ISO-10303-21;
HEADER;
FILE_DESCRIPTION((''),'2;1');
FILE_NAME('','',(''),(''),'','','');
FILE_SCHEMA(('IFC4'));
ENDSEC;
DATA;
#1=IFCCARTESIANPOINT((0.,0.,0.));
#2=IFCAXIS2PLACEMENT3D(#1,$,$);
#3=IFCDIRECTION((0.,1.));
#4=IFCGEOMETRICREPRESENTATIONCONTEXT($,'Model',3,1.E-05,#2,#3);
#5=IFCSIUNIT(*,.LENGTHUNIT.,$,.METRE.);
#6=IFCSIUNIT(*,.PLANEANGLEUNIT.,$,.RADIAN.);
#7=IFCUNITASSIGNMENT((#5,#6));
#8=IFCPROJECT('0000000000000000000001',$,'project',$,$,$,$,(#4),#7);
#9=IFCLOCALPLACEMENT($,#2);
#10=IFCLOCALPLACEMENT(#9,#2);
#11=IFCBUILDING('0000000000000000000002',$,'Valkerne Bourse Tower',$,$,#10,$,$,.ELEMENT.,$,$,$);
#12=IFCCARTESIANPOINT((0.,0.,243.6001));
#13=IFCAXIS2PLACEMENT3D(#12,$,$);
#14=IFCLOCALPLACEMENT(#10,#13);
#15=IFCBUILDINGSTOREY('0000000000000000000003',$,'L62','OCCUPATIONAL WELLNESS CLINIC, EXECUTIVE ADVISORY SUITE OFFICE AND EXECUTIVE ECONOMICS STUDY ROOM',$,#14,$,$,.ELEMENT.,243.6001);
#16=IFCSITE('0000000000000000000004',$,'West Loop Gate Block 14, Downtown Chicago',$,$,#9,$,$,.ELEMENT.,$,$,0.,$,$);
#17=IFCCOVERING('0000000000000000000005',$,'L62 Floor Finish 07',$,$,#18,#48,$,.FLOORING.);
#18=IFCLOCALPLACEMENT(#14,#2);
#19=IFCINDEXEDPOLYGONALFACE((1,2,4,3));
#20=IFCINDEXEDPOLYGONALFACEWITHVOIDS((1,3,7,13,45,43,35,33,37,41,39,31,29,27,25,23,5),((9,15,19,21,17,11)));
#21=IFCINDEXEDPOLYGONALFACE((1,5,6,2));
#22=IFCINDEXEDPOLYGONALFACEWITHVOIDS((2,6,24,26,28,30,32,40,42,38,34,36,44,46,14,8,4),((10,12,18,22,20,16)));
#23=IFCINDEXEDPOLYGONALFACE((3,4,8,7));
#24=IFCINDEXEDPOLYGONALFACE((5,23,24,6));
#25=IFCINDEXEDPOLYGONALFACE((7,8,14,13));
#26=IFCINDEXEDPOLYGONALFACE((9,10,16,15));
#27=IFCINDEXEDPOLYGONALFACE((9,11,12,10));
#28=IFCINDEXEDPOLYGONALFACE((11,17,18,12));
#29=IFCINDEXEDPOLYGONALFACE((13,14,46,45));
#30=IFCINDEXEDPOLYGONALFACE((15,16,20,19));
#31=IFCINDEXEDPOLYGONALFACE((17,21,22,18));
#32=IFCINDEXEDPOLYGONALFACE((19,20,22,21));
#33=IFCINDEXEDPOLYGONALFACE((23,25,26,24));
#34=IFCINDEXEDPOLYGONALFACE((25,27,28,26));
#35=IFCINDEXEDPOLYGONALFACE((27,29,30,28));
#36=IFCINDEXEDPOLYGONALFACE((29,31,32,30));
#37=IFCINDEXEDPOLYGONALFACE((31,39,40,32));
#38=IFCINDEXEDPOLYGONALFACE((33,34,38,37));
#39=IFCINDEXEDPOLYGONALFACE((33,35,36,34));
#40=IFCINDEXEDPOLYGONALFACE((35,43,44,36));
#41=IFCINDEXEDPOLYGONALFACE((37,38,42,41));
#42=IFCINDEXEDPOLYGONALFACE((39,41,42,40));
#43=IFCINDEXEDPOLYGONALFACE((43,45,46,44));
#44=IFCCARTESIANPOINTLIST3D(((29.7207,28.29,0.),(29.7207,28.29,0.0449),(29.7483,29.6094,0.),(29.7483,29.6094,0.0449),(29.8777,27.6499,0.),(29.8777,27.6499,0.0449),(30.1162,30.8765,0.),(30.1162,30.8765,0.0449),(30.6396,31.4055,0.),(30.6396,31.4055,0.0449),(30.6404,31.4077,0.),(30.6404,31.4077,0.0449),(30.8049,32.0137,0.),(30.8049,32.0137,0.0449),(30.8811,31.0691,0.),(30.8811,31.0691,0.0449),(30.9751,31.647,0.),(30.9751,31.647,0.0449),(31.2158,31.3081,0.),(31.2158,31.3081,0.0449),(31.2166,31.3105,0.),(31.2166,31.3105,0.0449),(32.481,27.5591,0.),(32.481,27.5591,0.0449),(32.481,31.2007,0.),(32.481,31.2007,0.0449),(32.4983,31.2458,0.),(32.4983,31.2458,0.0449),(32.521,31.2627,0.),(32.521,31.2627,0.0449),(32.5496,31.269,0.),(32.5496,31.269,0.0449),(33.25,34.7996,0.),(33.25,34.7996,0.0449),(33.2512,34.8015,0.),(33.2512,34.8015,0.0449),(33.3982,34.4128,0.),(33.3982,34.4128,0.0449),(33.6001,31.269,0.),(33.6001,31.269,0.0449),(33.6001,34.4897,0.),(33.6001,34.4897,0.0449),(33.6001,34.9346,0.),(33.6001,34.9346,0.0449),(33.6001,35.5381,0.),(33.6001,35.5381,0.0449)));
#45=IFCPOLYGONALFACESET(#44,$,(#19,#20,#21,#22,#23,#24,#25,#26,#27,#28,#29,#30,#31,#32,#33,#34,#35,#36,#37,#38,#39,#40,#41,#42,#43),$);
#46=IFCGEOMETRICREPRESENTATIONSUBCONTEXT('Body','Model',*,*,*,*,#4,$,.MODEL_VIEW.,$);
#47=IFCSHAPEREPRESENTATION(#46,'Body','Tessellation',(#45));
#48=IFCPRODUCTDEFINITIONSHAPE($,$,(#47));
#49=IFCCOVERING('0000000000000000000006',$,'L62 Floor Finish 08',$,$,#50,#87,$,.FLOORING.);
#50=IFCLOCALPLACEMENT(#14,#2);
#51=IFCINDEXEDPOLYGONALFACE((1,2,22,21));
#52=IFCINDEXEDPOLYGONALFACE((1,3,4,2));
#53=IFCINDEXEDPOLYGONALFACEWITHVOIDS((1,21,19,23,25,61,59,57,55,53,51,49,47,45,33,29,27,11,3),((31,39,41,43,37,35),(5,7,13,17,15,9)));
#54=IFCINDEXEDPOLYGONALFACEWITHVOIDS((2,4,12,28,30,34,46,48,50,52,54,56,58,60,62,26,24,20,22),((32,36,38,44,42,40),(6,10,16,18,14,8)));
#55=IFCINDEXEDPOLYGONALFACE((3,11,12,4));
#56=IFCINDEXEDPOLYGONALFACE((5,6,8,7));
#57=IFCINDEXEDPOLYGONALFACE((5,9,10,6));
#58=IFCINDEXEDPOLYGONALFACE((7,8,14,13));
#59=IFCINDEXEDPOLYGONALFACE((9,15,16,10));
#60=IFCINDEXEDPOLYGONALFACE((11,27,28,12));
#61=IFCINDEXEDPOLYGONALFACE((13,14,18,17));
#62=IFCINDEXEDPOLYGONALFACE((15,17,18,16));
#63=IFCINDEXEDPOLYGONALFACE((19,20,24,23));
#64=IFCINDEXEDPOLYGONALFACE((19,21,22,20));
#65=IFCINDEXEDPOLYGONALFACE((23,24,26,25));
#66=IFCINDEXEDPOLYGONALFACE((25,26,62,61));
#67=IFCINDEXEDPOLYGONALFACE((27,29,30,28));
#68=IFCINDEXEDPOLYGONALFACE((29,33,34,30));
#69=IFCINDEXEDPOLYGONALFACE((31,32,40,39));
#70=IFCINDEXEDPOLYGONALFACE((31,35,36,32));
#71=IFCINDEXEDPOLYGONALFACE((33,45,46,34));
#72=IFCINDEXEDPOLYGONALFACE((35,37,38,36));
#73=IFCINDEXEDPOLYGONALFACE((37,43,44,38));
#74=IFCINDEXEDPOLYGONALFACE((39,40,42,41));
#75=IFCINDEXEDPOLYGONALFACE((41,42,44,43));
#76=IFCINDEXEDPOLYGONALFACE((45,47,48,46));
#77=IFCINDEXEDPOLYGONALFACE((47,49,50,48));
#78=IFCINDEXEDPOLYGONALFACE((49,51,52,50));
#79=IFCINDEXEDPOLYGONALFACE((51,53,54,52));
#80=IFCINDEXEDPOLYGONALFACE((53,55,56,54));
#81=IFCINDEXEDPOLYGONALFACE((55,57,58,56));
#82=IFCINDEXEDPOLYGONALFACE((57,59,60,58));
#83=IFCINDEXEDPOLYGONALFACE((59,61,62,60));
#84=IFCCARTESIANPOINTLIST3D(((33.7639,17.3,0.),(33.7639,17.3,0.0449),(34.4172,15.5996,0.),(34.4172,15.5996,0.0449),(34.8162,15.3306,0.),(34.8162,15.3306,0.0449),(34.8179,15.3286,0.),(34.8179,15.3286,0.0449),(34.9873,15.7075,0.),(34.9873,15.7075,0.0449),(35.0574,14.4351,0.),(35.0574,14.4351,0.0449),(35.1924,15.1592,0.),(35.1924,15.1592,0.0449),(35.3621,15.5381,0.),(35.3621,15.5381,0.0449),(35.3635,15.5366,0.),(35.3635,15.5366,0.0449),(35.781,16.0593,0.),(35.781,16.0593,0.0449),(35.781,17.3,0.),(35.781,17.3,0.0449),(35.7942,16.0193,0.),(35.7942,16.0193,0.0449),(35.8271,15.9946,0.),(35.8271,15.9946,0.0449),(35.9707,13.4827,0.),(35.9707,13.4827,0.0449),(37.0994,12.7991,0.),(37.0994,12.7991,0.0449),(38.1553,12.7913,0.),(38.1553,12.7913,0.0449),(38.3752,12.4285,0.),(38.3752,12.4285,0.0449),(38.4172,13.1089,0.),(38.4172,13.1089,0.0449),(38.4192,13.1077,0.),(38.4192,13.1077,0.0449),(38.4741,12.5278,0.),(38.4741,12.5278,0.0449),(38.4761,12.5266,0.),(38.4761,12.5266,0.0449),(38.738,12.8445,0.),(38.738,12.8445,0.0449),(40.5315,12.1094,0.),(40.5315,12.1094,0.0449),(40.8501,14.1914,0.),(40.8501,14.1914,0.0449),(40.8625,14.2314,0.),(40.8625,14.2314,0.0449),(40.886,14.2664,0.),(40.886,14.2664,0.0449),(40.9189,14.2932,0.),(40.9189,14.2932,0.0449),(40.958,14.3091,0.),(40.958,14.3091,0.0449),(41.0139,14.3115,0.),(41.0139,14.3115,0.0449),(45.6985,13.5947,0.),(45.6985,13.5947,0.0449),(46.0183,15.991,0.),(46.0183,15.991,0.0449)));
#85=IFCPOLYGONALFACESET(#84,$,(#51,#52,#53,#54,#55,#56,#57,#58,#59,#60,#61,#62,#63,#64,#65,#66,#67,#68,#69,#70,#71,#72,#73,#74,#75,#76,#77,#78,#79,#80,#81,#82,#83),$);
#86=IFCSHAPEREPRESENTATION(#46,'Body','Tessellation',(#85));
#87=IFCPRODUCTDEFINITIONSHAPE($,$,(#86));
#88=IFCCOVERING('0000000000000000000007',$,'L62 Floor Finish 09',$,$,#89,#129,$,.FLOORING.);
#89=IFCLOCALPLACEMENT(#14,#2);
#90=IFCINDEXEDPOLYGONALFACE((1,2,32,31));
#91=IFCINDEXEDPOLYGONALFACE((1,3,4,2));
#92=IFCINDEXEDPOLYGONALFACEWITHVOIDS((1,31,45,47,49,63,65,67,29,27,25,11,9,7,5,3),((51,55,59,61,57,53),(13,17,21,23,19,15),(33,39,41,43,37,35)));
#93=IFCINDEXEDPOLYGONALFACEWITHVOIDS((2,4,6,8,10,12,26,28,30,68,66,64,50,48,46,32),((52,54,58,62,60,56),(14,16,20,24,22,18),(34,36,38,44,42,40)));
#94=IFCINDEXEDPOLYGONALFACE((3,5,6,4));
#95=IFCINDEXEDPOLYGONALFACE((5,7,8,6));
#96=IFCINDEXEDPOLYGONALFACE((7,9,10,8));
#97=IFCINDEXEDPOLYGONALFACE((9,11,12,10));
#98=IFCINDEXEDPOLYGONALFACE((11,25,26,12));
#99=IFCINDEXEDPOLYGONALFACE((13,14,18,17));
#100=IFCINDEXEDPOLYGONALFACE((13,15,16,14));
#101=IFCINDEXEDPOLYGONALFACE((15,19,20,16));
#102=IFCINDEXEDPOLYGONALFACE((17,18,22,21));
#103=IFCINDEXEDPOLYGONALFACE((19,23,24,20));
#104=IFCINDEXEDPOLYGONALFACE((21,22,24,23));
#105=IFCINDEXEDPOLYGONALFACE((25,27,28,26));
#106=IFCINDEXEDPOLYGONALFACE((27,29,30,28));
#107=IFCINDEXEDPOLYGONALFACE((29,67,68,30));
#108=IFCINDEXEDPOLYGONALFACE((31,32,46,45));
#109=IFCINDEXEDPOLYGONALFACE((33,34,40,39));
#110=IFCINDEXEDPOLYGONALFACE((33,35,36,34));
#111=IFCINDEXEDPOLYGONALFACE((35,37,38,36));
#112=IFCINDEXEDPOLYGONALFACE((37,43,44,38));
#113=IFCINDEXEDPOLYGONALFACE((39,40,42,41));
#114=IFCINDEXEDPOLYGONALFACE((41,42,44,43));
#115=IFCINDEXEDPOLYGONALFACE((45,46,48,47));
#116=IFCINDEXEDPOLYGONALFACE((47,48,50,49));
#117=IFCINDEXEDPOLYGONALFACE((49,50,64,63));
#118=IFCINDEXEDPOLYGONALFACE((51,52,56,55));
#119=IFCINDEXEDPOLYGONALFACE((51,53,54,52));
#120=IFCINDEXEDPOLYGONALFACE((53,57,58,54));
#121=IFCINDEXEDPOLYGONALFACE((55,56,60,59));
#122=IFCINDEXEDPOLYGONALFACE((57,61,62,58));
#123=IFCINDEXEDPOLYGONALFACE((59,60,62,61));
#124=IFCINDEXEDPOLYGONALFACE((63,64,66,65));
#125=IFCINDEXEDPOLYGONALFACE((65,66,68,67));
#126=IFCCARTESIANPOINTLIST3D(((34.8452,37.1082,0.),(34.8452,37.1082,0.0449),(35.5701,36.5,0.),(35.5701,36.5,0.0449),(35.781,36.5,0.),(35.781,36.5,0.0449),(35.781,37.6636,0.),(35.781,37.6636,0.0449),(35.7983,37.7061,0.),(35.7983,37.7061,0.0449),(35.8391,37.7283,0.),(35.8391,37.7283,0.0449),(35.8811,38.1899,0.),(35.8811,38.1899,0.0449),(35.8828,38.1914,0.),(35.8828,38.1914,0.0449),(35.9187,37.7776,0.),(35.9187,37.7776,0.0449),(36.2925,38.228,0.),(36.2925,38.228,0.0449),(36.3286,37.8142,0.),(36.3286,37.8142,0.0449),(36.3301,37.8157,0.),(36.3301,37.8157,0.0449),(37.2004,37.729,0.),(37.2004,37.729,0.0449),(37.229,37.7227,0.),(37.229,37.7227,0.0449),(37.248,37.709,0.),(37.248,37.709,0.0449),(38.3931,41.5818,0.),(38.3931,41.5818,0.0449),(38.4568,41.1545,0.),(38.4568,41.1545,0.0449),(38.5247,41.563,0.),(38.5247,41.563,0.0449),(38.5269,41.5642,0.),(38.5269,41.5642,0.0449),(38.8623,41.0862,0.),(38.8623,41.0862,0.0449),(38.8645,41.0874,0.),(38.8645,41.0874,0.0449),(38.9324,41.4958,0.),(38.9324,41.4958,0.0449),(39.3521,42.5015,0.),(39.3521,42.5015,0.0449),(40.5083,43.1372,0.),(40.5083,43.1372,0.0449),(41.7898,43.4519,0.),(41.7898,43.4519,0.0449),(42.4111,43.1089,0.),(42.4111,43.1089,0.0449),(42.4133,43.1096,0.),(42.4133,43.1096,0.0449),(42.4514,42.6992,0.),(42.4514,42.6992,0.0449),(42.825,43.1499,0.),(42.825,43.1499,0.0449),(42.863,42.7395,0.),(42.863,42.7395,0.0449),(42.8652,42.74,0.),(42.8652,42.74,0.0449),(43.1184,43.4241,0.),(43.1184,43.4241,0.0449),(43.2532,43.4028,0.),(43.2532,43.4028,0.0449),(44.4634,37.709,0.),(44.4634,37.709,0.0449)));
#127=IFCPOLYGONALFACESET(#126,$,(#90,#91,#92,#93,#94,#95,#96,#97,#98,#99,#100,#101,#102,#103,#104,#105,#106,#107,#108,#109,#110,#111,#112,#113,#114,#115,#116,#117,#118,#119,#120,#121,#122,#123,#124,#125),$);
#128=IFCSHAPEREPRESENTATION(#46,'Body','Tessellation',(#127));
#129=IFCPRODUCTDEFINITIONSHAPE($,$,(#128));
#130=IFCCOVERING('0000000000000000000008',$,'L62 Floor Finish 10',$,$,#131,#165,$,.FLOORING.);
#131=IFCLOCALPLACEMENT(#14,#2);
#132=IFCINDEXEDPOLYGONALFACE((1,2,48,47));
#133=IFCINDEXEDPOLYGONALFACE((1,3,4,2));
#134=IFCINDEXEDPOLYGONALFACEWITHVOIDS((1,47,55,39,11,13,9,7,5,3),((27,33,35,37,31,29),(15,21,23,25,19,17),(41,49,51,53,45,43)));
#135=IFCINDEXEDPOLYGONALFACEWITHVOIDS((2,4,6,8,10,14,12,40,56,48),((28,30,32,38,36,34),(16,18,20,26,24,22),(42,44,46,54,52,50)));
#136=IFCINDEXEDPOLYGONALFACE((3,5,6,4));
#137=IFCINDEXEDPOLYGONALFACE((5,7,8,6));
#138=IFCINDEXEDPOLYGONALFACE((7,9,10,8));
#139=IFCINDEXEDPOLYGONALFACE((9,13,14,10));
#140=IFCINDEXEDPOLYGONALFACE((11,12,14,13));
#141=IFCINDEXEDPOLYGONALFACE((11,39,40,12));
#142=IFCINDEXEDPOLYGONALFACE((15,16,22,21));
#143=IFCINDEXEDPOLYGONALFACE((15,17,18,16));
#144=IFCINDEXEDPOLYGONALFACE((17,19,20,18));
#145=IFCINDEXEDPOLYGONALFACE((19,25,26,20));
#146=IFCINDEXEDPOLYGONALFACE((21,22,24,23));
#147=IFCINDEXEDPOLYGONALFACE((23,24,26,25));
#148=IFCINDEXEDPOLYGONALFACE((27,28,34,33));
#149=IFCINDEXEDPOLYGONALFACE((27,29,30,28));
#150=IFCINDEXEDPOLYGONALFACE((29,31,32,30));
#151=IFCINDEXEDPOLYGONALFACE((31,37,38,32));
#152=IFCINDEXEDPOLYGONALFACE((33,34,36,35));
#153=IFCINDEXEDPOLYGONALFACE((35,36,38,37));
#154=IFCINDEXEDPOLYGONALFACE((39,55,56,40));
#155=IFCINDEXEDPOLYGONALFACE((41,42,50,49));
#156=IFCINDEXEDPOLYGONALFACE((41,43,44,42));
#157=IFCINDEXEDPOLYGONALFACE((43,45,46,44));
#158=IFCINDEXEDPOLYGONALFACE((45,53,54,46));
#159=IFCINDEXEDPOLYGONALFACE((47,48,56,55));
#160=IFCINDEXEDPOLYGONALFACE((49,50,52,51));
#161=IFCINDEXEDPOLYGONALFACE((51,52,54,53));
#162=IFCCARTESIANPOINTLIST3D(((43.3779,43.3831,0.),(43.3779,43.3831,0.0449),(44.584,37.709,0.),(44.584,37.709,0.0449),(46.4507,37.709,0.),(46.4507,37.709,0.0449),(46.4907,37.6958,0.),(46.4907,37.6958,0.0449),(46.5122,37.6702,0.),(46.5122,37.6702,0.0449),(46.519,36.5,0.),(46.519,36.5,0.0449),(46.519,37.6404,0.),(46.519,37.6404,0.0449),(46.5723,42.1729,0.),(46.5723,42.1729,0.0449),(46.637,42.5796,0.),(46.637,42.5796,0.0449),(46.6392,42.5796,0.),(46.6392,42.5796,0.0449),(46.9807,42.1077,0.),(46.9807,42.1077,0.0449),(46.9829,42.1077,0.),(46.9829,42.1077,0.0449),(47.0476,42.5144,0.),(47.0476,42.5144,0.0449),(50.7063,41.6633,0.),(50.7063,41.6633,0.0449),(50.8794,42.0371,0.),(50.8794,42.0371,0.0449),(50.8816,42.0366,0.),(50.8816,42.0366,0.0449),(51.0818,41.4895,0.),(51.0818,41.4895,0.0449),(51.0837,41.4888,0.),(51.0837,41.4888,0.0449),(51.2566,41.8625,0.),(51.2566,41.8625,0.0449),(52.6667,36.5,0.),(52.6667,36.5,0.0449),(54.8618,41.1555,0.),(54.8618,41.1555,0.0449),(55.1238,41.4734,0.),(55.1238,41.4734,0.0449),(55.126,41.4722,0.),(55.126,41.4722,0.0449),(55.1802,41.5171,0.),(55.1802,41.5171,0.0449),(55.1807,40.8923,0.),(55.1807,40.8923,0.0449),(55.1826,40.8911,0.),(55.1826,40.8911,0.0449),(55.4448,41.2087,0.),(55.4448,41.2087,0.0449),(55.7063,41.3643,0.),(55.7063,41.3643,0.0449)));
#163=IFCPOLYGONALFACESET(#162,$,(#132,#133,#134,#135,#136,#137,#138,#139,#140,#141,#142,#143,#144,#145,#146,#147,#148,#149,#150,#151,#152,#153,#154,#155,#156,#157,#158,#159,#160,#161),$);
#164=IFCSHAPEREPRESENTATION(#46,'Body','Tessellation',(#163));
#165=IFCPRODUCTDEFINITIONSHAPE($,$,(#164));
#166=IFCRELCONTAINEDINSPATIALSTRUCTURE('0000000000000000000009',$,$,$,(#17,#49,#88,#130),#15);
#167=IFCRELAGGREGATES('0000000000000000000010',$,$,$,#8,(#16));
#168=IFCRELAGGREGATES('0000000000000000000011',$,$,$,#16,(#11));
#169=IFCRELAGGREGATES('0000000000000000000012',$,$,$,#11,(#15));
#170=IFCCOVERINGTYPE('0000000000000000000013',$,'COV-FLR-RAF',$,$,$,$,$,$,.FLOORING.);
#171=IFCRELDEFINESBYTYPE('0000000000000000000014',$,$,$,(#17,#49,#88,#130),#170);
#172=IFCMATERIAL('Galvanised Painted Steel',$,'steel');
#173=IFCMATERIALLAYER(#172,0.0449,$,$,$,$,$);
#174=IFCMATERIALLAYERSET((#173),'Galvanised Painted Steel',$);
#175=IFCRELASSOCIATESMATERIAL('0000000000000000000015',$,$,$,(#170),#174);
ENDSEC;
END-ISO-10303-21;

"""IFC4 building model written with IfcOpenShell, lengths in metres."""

from ifc_helpers import new_model, si_unit, direction, frame, origin, place, context, subcontext, project, spatial, polyline, outline, extrude, material, layer, layer_set, type_object, element, save


model = new_model("IFC4")

# Units and contexts
model_context = context("Model", 3, precision=1e-05, world=origin(), true_north=direction((0.0, 1.0)))
body_context = subcontext(model_context, "Body", "Model", "MODEL_VIEW")
ifc_project = project(units=[si_unit("LENGTHUNIT", "METRE"), si_unit("PLANEANGLEUNIT", "RADIAN")], contexts=[model_context])

# Site, building, storey
site_placement = place(None, origin())
site = spatial("IfcSite", under=ifc_project, at=site_placement, Name="West Loop Gate Block 14, Downtown Chicago", CompositionType="ELEMENT", RefElevation=0.0)
building_placement = place(site_placement, origin())
building = spatial("IfcBuilding", under=site, at=building_placement, Name="Valkerne Bourse Tower", CompositionType="ELEMENT")
storey_placement = place(building_placement, frame((0.0, 0.0, 243.6001)))
storey = spatial("IfcBuildingStorey", under=building, at=storey_placement, Name="L62", Description="OCCUPATIONAL WELLNESS CLINIC, EXECUTIVE ADVISORY SUITE OFFICE AND EXECUTIVE ECONOMICS STUDY ROOM", CompositionType="ELEMENT", Elevation=243.6001)

# Coverings
ifc_material_1 = material(Name="Galvanised Painted Steel", Category="steel")
ifc_layer_1 = layer(ifc_material_1, 0.0449)
ifc_layer_set_1 = layer_set([ifc_layer_1], Name="Galvanised Painted Steel")
covering_type_1 = type_object("IfcCoveringType", Name="COV-FLR-RAF", PredefinedType="FLOORING", material=ifc_layer_set_1)
covering_1_placement = place(storey_placement, origin())
element("IfcCovering", 1, at=covering_1_placement, inside=storey, type_object=covering_type_1, Name="L62 Floor Finish 07", PredefinedType="FLOORING", context=body_context, shape_type="SweptSolid", body=[
    extrude(outline(polyline([(30.1162, 30.8765), (30.8049, 32.0137), (33.6001, 35.5381), (33.6001, 34.9346), (33.2512, 34.8015), (33.25, 34.7996), (33.3982, 34.4128), (33.6001, 34.4897), (33.6001, 31.269), (32.5496, 31.269), (32.521, 31.2627), (32.4983, 31.2458), (32.481, 31.2007), (32.481, 27.5591), (29.8777, 27.6499), (29.7207, 28.29), (29.7483, 29.6094), (30.1162, 30.8765)]), holes=[polyline([(31.2166, 31.3105), (30.9751, 31.647), (30.6404, 31.4077), (30.6396, 31.4055), (30.8811, 31.0691), (31.2158, 31.3081), (31.2166, 31.3105)])]), origin(), (0.0, 0.0, 1.0), 0.0449),
])
covering_2_placement = place(storey_placement, origin())
element("IfcCovering", 2, at=covering_2_placement, inside=storey, type_object=covering_type_1, Name="L62 Floor Finish 08", PredefinedType="FLOORING", context=body_context, shape_type="SweptSolid", body=[
    extrude(outline(polyline([(34.4172, 15.5996), (33.7639, 17.3), (35.781, 17.3), (35.781, 16.0593), (35.7942, 16.0193), (35.8271, 15.9946), (46.0183, 15.991), (45.6985, 13.5947), (41.0139, 14.3115), (40.958, 14.3091), (40.9189, 14.2932), (40.886, 14.2664), (40.8625, 14.2314), (40.8501, 14.1914), (40.5315, 12.1094), (38.3752, 12.4285), (37.0994, 12.7991), (35.9707, 13.4827), (35.0574, 14.4351), (34.4172, 15.5996)]), holes=[polyline([(38.4192, 13.1077), (38.4172, 13.1089), (38.1553, 12.7913), (38.4741, 12.5278), (38.4761, 12.5266), (38.738, 12.8445), (38.4192, 13.1077)]), polyline([(35.3621, 15.5381), (34.9873, 15.7075), (34.8162, 15.3306), (34.8179, 15.3286), (35.1924, 15.1592), (35.3635, 15.5366), (35.3621, 15.5381)])]), origin(), (0.0, 0.0, 1.0), 0.0449),
])
covering_3_placement = place(storey_placement, origin())
element("IfcCovering", 3, at=covering_3_placement, inside=storey, type_object=covering_type_1, Name="L62 Floor Finish 09", PredefinedType="FLOORING", context=body_context, shape_type="SweptSolid", body=[
    extrude(outline(polyline([(40.5083, 43.1372), (41.7898, 43.4519), (43.1184, 43.4241), (43.2532, 43.4028), (44.4634, 37.709), (37.248, 37.709), (37.229, 37.7227), (37.2004, 37.729), (35.8391, 37.7283), (35.7983, 37.7061), (35.781, 37.6636), (35.781, 36.5), (35.5701, 36.5), (34.8452, 37.1082), (38.3931, 41.5818), (39.3521, 42.5015), (40.5083, 43.1372)]), holes=[polyline([(36.3286, 37.8142), (36.3301, 37.8157), (36.2925, 38.228), (35.8828, 38.1914), (35.8811, 38.1899), (35.9187, 37.7776), (36.3286, 37.8142)]), polyline([(38.8645, 41.0874), (38.9324, 41.4958), (38.5269, 41.5642), (38.5247, 41.563), (38.4568, 41.1545), (38.8623, 41.0862), (38.8645, 41.0874)]), polyline([(42.8652, 42.74), (42.825, 43.1499), (42.4133, 43.1096), (42.4111, 43.1089), (42.4514, 42.6992), (42.863, 42.7395), (42.8652, 42.74)])]), origin(), (0.0, 0.0, 1.0), 0.0449),
])
covering_4_placement = place(storey_placement, origin())
element("IfcCovering", 4, at=covering_4_placement, inside=storey, type_object=covering_type_1, Name="L62 Floor Finish 10", PredefinedType="FLOORING", context=body_context, shape_type="SweptSolid", body=[
    extrude(outline(polyline([(52.6667, 36.5), (46.519, 36.5), (46.519, 37.6404), (46.5122, 37.6702), (46.4907, 37.6958), (46.4507, 37.709), (44.584, 37.709), (43.3779, 43.3831), (55.1802, 41.5171), (55.7063, 41.3643), (52.6667, 36.5)]), holes=[polyline([(55.126, 41.4722), (55.1238, 41.4734), (54.8618, 41.1555), (55.1807, 40.8923), (55.1826, 40.8911), (55.4448, 41.2087), (55.126, 41.4722)]), polyline([(50.8816, 42.0366), (50.8794, 42.0371), (50.7063, 41.6633), (51.0818, 41.4895), (51.0837, 41.4888), (51.2566, 41.8625), (50.8816, 42.0366)]), polyline([(47.0476, 42.5144), (46.6392, 42.5796), (46.637, 42.5796), (46.5723, 42.1729), (46.9807, 42.1077), (46.9829, 42.1077), (47.0476, 42.5144)])]), origin(), (0.0, 0.0, 1.0), 0.0449),
])

save(model, "model.ifc")
